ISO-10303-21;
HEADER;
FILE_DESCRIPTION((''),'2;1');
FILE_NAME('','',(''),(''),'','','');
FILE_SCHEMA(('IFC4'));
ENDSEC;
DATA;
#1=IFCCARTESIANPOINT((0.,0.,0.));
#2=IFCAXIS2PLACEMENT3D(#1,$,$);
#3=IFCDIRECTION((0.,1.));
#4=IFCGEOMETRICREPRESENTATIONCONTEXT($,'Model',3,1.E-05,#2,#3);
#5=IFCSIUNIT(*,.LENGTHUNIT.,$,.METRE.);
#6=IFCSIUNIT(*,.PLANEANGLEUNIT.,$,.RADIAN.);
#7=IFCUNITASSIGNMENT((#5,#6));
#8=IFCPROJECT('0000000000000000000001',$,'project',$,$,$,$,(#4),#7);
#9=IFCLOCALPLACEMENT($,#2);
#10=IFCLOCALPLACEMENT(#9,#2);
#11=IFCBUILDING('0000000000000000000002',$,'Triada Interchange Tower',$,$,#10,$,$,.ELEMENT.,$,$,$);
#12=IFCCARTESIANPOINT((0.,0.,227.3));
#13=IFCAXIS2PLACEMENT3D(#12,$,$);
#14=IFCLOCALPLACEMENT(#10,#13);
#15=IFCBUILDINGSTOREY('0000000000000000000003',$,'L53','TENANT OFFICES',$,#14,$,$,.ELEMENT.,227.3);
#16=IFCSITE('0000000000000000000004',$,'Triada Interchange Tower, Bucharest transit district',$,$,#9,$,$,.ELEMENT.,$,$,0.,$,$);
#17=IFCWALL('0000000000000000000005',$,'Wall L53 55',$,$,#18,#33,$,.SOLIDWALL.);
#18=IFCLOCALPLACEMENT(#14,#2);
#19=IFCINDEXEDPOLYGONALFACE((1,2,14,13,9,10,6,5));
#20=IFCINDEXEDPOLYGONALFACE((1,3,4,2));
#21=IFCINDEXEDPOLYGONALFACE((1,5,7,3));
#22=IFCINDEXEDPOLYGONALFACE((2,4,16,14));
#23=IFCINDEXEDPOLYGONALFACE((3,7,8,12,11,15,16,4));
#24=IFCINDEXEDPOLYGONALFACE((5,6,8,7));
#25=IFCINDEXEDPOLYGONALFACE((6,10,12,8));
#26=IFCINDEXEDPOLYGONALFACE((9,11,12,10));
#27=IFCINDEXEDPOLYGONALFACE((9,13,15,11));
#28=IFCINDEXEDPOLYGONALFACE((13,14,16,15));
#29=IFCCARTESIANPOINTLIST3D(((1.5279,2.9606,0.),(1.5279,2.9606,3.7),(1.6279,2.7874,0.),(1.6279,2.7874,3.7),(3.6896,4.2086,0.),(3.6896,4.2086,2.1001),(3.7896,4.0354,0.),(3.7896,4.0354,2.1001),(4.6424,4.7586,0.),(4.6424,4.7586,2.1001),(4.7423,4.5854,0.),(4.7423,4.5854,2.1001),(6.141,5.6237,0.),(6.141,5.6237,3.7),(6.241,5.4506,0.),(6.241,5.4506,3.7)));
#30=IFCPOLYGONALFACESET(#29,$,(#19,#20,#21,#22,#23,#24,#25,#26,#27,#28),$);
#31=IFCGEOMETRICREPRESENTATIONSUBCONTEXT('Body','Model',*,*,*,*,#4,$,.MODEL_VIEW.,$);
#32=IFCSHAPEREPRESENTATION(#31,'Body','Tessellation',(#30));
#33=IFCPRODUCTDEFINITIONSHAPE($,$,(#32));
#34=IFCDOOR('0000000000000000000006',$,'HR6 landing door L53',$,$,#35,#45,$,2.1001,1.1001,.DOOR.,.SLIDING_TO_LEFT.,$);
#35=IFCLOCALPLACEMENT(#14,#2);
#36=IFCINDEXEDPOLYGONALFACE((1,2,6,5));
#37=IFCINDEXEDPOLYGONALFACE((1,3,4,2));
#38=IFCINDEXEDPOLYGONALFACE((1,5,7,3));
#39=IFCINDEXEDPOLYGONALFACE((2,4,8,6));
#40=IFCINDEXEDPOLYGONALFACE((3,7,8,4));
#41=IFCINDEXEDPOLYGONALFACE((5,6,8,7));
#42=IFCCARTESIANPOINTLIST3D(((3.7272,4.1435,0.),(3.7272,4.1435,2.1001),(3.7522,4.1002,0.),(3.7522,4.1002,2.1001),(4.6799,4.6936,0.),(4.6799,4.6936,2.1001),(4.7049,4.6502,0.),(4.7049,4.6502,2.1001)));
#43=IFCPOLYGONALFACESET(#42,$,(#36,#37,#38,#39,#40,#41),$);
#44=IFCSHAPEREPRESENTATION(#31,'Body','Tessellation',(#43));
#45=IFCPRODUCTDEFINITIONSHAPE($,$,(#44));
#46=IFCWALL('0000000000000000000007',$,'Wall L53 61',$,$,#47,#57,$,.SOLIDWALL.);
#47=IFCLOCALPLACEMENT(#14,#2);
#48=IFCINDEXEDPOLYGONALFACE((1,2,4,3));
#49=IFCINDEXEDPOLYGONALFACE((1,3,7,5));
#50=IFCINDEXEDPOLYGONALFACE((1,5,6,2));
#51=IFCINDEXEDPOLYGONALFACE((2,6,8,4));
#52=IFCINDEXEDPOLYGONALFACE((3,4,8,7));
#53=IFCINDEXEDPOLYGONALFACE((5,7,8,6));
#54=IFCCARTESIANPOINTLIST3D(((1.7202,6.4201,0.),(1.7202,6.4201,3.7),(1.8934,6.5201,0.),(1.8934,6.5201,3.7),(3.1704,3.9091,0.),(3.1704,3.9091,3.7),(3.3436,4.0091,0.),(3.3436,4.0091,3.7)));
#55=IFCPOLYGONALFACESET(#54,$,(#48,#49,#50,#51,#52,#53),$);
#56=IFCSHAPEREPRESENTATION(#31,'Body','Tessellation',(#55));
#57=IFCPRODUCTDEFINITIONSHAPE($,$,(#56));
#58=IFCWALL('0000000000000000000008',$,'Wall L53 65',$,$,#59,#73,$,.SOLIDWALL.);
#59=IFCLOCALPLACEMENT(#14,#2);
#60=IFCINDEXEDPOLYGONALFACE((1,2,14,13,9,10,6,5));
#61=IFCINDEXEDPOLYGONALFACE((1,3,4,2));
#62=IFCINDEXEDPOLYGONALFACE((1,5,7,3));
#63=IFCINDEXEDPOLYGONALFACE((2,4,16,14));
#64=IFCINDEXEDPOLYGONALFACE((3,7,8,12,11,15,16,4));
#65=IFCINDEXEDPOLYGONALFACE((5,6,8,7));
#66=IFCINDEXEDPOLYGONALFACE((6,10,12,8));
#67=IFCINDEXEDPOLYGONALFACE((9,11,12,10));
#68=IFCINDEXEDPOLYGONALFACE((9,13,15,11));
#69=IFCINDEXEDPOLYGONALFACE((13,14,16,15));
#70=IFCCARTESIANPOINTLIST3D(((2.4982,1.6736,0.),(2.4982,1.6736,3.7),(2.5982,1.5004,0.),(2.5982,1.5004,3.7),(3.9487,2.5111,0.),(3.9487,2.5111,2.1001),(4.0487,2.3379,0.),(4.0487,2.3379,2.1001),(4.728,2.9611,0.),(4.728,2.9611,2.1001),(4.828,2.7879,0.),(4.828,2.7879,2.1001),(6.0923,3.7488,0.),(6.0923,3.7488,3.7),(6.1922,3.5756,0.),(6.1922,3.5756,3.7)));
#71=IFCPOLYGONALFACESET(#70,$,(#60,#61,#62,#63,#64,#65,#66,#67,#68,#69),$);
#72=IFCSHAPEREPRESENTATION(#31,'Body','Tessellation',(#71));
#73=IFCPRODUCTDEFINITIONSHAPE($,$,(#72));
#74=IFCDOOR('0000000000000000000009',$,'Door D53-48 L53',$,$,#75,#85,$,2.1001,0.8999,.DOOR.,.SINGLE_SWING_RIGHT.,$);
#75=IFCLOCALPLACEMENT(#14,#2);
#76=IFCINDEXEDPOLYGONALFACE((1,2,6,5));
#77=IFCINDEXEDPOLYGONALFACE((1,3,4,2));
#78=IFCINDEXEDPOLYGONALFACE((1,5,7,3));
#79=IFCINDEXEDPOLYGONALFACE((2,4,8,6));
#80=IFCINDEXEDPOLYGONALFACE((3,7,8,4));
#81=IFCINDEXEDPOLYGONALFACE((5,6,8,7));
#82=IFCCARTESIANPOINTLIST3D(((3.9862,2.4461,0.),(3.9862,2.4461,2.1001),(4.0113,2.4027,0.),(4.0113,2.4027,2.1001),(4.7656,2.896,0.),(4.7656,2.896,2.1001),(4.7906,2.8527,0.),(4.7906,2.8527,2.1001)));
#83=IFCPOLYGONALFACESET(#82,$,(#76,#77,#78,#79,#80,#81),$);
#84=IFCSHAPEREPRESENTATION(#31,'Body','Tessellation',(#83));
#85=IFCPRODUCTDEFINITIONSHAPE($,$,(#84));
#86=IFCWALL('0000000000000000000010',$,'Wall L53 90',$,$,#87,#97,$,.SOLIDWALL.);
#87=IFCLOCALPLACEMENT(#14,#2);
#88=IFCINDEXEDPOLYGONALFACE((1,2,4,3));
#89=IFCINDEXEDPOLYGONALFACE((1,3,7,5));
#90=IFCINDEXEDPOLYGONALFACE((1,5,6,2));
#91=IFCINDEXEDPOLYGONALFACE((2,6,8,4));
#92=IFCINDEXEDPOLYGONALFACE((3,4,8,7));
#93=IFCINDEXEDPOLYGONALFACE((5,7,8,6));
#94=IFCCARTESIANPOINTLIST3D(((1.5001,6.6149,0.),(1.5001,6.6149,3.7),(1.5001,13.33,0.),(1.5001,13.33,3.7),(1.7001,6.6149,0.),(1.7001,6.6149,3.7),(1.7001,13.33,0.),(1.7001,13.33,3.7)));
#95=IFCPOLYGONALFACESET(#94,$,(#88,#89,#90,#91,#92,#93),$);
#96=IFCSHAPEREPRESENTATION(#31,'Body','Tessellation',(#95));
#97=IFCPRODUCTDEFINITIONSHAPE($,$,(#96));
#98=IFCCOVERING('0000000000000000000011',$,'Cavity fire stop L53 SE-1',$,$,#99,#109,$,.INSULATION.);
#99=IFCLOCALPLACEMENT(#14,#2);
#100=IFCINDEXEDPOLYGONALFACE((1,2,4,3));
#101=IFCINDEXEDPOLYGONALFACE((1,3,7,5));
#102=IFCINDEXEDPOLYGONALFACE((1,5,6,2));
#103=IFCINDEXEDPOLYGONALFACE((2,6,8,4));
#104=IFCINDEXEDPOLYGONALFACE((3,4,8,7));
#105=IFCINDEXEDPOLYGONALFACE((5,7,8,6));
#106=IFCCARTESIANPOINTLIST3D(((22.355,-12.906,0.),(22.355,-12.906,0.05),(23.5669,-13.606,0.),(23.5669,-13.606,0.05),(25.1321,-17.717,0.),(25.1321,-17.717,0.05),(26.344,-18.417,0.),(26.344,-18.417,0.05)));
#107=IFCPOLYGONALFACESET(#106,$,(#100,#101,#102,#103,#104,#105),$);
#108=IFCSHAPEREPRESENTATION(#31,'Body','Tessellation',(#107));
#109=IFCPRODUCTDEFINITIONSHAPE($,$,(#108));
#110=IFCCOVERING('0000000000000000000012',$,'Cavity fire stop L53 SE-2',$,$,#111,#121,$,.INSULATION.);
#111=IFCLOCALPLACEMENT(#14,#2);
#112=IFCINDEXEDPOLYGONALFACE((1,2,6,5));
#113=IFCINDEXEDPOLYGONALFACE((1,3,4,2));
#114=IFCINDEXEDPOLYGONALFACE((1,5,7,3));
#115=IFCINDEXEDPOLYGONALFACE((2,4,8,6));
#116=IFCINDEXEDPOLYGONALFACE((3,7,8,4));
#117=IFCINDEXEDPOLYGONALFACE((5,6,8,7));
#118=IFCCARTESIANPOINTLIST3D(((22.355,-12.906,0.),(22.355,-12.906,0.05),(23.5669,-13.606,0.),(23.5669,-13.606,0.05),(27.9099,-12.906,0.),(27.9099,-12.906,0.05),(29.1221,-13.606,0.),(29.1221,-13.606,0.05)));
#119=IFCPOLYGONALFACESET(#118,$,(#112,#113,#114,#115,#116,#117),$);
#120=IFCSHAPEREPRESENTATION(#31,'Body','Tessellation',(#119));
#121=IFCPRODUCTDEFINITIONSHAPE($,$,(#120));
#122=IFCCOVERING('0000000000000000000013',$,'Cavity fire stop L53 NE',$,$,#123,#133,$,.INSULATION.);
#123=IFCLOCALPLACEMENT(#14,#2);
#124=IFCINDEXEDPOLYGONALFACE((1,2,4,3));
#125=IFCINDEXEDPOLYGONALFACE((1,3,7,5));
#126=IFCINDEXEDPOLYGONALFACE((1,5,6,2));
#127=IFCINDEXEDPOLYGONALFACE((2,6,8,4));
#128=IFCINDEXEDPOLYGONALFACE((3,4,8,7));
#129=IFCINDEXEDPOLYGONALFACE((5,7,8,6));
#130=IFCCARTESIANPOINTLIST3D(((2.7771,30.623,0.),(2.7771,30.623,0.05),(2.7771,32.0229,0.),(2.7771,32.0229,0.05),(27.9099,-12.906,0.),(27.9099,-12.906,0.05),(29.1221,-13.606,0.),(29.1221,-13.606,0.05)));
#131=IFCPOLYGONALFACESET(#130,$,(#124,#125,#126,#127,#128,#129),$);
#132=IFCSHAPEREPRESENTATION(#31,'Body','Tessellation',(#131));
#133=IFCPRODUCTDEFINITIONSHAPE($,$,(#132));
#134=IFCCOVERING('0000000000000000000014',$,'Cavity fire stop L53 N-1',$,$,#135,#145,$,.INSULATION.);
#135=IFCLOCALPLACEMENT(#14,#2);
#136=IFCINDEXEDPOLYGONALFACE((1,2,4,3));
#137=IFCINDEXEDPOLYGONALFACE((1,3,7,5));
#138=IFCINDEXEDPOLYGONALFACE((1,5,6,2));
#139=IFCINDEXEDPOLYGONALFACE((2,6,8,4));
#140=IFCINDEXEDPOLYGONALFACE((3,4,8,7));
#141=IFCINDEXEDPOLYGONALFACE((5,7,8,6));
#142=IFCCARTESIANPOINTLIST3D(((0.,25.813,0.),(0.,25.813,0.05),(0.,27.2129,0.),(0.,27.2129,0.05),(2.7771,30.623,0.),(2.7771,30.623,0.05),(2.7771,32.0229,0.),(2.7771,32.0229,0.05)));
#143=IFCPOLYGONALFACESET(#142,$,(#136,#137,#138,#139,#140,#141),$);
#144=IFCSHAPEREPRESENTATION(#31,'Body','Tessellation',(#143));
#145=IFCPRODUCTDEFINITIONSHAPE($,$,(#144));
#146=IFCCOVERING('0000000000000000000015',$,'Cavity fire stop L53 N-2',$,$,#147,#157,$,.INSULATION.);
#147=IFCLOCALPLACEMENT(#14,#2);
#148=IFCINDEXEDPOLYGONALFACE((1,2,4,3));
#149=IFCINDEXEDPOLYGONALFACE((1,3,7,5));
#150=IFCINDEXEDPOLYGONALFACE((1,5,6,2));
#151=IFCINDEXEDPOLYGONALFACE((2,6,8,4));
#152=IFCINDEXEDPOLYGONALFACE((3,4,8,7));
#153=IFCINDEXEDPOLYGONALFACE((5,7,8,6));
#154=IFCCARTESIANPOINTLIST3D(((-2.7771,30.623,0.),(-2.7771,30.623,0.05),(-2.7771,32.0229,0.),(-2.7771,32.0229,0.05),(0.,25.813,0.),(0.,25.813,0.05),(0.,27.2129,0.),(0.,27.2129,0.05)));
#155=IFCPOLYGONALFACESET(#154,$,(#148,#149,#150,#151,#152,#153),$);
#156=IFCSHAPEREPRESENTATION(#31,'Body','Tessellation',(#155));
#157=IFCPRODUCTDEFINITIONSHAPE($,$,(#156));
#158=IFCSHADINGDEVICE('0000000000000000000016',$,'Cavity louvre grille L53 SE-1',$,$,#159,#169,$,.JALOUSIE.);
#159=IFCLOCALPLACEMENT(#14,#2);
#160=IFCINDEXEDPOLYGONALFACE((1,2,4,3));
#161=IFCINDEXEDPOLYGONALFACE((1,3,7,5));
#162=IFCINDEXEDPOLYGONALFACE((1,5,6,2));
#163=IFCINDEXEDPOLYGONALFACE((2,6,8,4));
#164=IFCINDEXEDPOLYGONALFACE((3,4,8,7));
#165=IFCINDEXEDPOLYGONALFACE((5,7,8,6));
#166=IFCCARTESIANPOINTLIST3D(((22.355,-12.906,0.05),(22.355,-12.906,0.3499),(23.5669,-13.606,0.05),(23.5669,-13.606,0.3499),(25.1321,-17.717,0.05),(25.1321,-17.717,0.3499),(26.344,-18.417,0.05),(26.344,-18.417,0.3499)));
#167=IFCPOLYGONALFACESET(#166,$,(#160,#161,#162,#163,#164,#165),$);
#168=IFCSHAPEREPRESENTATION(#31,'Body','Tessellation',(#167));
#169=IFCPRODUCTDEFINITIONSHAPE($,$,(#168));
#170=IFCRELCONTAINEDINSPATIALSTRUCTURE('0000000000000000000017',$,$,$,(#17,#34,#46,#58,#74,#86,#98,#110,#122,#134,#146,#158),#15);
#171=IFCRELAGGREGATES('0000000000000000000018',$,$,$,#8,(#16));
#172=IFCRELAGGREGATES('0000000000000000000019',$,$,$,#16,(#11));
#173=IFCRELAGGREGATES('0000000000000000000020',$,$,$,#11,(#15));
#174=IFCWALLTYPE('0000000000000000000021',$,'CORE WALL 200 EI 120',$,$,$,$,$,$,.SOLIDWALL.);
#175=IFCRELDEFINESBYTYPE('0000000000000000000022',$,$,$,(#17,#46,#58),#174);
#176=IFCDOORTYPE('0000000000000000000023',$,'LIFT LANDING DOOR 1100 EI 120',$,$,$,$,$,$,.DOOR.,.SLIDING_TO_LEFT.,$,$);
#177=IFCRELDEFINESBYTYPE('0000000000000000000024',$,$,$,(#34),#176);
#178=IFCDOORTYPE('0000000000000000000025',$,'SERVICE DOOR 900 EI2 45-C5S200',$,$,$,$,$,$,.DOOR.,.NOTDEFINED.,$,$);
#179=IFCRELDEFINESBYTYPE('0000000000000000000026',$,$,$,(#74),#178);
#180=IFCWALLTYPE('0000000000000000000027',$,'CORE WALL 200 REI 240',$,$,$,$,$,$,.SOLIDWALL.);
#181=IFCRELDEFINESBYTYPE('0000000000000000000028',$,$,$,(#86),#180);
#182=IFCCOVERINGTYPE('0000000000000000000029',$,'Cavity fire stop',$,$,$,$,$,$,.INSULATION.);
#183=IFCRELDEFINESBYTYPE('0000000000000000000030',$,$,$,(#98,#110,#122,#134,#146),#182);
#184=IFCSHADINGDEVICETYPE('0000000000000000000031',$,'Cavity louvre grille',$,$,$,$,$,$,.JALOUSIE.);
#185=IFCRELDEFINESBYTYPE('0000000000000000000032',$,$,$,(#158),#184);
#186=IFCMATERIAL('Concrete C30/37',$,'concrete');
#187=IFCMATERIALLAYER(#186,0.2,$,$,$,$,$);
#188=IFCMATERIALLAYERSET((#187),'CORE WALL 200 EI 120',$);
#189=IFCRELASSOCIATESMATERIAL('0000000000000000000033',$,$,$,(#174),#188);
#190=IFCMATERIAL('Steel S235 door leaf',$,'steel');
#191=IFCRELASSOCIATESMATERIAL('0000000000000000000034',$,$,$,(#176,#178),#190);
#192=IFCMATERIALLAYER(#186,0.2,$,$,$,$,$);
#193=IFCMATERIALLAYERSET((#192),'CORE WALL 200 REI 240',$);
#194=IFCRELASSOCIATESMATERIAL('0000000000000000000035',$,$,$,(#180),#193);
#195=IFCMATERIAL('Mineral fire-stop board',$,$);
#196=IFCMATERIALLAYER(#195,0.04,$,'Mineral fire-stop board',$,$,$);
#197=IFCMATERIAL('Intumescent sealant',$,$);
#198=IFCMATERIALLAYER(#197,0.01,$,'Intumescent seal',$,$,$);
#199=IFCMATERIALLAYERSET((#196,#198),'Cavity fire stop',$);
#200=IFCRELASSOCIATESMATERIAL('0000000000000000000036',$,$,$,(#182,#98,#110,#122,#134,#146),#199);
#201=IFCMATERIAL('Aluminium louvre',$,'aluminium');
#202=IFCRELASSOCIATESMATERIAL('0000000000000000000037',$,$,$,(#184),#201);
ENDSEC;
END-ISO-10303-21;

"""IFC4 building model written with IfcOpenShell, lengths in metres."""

from ifc_helpers import new_model, si_unit, direction, frame, frame_2d, origin, place, context, subcontext, project, spatial, polyline, rectangle, outline, extrude, material, layer, layer_set, layer_usage, type_object, element, fill, save


model = new_model("IFC4")

# Units and contexts
model_context = context("Model", 3, precision=1e-05, world=origin(), true_north=direction((0.0, 1.0)))
body_context = subcontext(model_context, "Body", "Model", "MODEL_VIEW")
ifc_project = project(units=[si_unit("LENGTHUNIT", "METRE"), si_unit("PLANEANGLEUNIT", "RADIAN")], contexts=[model_context])

# Site, building, storey
site_placement = place(None, origin())
site = spatial("IfcSite", under=ifc_project, at=site_placement, Name="Triada Interchange Tower, Bucharest transit district", CompositionType="ELEMENT", RefElevation=0.0)
building_placement = place(site_placement, origin())
building = spatial("IfcBuilding", under=site, at=building_placement, Name="Triada Interchange Tower", CompositionType="ELEMENT")
storey_placement = place(building_placement, frame((0.0, 0.0, 227.3)))
storey = spatial("IfcBuildingStorey", under=building, at=storey_placement, Name="L53", Description="TENANT OFFICES", CompositionType="ELEMENT", Elevation=227.3)

# Wall, opening, door
ifc_material_1 = material(Name="Concrete C30/37", Category="concrete")
ifc_layer_1 = layer(ifc_material_1, 0.2)
ifc_layer_set_1 = layer_set([ifc_layer_1], Name="CORE WALL 200 EI 120")
wall_type_1 = type_object("IfcWallType", Name="CORE WALL 200 EI 120", PredefinedType="SOLIDWALL", material=ifc_layer_set_1)
ifc_material_2 = material(Name="Steel S235 door leaf", Category="steel")
door_type_1 = type_object("IfcDoorType", Name="LIFT LANDING DOOR 1100 EI 120", OperationType="SLIDING_TO_LEFT", PredefinedType="DOOR", material=ifc_material_2)
wall_1_placement = place(storey_placement, frame((1.5779, 2.874, 0.0), z_axis=(0.0, 0.0, 1.0), x_axis=(0.866046, 0.499964, 0.0)))
wall_1 = element("IfcWall", 1, at=wall_1_placement, inside=storey, type_object=wall_type_1, Name="Wall L53 55", PredefinedType="SOLIDWALL", context=body_context, shape_type="SweptSolid", body=[
    extrude(rectangle(XDim=5.3267, YDim=0.2, at=frame_2d((2.6633, 0.0))), origin(), (0.0, 0.0, 1.0), 3.7),
])
opening_1_placement = place(wall_1_placement, frame((2.4961, 0.0, 0.0)))
opening_1 = element("IfcOpeningElement", 2, at=opening_1_placement, cuts=wall_1, PredefinedType="OPENING", context=body_context, shape_type="SweptSolid", body=[
    extrude(rectangle(XDim=1.1001, YDim=2.1001, at=frame_2d((0.55, 1.05))), frame((0.0, 0.1099, 0.0), z_axis=(0.0, -1.0, 0.0), x_axis=(1.0, 0.0, 0.0)), (0.0, 0.0, 1.0), 0.22),
])
door_1_placement = place(opening_1_placement, origin())
door_1 = element("IfcDoor", 3, at=door_1_placement, inside=storey, type_object=door_type_1, Name="HR6 landing door L53", OperationType="SLIDING_TO_LEFT", OverallHeight=2.1001, OverallWidth=1.1001, PredefinedType="DOOR", context=body_context, shape_type="SweptSolid", body=[
    extrude(rectangle(XDim=1.1001, YDim=2.1001, at=frame_2d((0.55, 1.05))), frame((0.0, 0.0249, 0.0), z_axis=(0.0, -1.0, 0.0), x_axis=(1.0, 0.0, 0.0)), (0.0, 0.0, 1.0), 0.05),
])
fill(opening_1, door_1)

# Wall
wall_2_placement = place(storey_placement, frame((1.8069, 6.47, 0.0), z_axis=(0.0, 0.0, 1.0), x_axis=(0.500123, -0.865954, 0.0)))
element("IfcWall", 4, at=wall_2_placement, inside=storey, type_object=wall_type_1, Name="Wall L53 61", PredefinedType="SOLIDWALL", context=body_context, shape_type="SweptSolid", body=[
    extrude(rectangle(XDim=2.8997, YDim=0.2, at=frame_2d((1.4497, 0.0))), origin(), (0.0, 0.0, 1.0), 3.7),
])

# Wall, opening, door
wall_3_placement = place(storey_placement, frame((2.5481, 1.5869, 0.0), z_axis=(0.0, 0.0, 1.0), x_axis=(0.866004, 0.500036, 0.0)))
wall_3 = element("IfcWall", 5, at=wall_3_placement, inside=storey, type_object=wall_type_1, Name="Wall L53 65", PredefinedType="SOLIDWALL", context=body_context, shape_type="SweptSolid", body=[
    extrude(rectangle(XDim=4.1501, YDim=0.2, at=frame_2d((2.0752, 0.0))), origin(), (0.0, 0.0, 1.0), 3.7),
])
opening_2_placement = place(wall_3_placement, frame((1.675, 0.0, 0.0)))
opening_2 = element("IfcOpeningElement", 6, at=opening_2_placement, cuts=wall_3, PredefinedType="OPENING", context=body_context, shape_type="SweptSolid", body=[
    extrude(rectangle(XDim=0.8999, YDim=2.1001, at=frame_2d((0.45, 1.05))), frame((0.0, 0.1099, 0.0), z_axis=(0.0, -1.0, 0.0), x_axis=(1.0, 0.0, 0.0)), (0.0, 0.0, 1.0), 0.22),
])
door_type_2 = type_object("IfcDoorType", Name="SERVICE DOOR 900 EI2 45-C5S200", OperationType="NOTDEFINED", PredefinedType="DOOR", material=ifc_material_2)
door_2_placement = place(opening_2_placement, origin())
door_2 = element("IfcDoor", 7, at=door_2_placement, inside=storey, type_object=door_type_2, Name="Door D53-48 L53", OperationType="SINGLE_SWING_RIGHT", OverallHeight=2.1001, OverallWidth=0.8999, PredefinedType="DOOR", context=body_context, shape_type="SweptSolid", body=[
    extrude(rectangle(XDim=0.8999, YDim=2.1001, at=frame_2d((0.45, 1.05))), frame((0.0, 0.0249, 0.0), z_axis=(0.0, -1.0, 0.0), x_axis=(1.0, 0.0, 0.0)), (0.0, 0.0, 1.0), 0.05),
])
fill(opening_2, door_2)

# Wall
ifc_layer_2 = layer(ifc_material_1, 0.2)
ifc_layer_set_2 = layer_set([ifc_layer_2], Name="CORE WALL 200 REI 240")
wall_type_2 = type_object("IfcWallType", Name="CORE WALL 200 REI 240", PredefinedType="SOLIDWALL", material=ifc_layer_set_2)
wall_4_placement = place(storey_placement, frame((1.6001, 6.615, 0.0), z_axis=(0.0, 0.0, 1.0), x_axis=(0.0, 1.0, 0.0)))
element("IfcWall", 8, at=wall_4_placement, inside=storey, type_object=wall_type_2, Name="Wall L53 90", PredefinedType="SOLIDWALL", context=body_context, shape_type="SweptSolid", body=[
    extrude(rectangle(XDim=6.7151, YDim=0.2, at=frame_2d((3.3574, 0.0))), origin(), (0.0, 0.0, 1.0), 3.7),
])

# Coverings
ifc_material_3 = material(Name="Mineral fire-stop board")
ifc_layer_3 = layer(ifc_material_3, 0.04, Name="Mineral fire-stop board")
ifc_material_4 = material(Name="Intumescent sealant")
ifc_layer_4 = layer(ifc_material_4, 0.01, Name="Intumescent seal")
ifc_layer_set_3 = layer_set([ifc_layer_3, ifc_layer_4], Name="Cavity fire stop")
ifc_layer_usage = layer_usage(ifc_layer_set_3, "AXIS3", "POSITIVE", 0.0)
covering_type = type_object("IfcCoveringType", Name="Cavity fire stop", PredefinedType="INSULATION", material=ifc_layer_set_3)
covering_1_placement = place(storey_placement, origin())
element("IfcCovering", 9, at=covering_1_placement, inside=storey, type_object=covering_type, material=ifc_layer_usage, Name="Cavity fire stop L53 SE-1", PredefinedType="INSULATION", context=body_context, shape_type="SweptSolid", body=[
    extrude(outline(polyline([(25.1321, -17.717), (26.344, -18.417), (23.5669, -13.606), (22.355, -12.906), (25.1321, -17.717)])), origin(), (0.0, 0.0, 1.0), 0.05),
])
covering_2_placement = place(storey_placement, origin())
element("IfcCovering", 10, at=covering_2_placement, inside=storey, type_object=covering_type, material=ifc_layer_usage, Name="Cavity fire stop L53 SE-2", PredefinedType="INSULATION", context=body_context, shape_type="SweptSolid", body=[
    extrude(outline(polyline([(22.355, -12.906), (23.5669, -13.606), (29.1221, -13.606), (27.9099, -12.906), (22.355, -12.906)])), origin(), (0.0, 0.0, 1.0), 0.05),
])
covering_3_placement = place(storey_placement, origin())
element("IfcCovering", 11, at=covering_3_placement, inside=storey, type_object=covering_type, material=ifc_layer_usage, Name="Cavity fire stop L53 NE", PredefinedType="INSULATION", context=body_context, shape_type="SweptSolid", body=[
    extrude(outline(polyline([(27.9099, -12.906), (29.1221, -13.606), (2.7771, 32.0229), (2.7771, 30.623), (27.9099, -12.906)])), origin(), (0.0, 0.0, 1.0), 0.05),
])
covering_4_placement = place(storey_placement, origin())
element("IfcCovering", 12, at=covering_4_placement, inside=storey, type_object=covering_type, material=ifc_layer_usage, Name="Cavity fire stop L53 N-1", PredefinedType="INSULATION", context=body_context, shape_type="SweptSolid", body=[
    extrude(outline(polyline([(2.7771, 30.623), (2.7771, 32.0229), (0.0, 27.2129), (0.0, 25.813), (2.7771, 30.623)])), origin(), (0.0, 0.0, 1.0), 0.05),
])
covering_5_placement = place(storey_placement, origin())
element("IfcCovering", 13, at=covering_5_placement, inside=storey, type_object=covering_type, material=ifc_layer_usage, Name="Cavity fire stop L53 N-2", PredefinedType="INSULATION", context=body_context, shape_type="SweptSolid", body=[
    extrude(outline(polyline([(0.0, 25.813), (0.0, 27.2129), (-2.7771, 32.0229), (-2.7771, 30.623), (0.0, 25.813)])), origin(), (0.0, 0.0, 1.0), 0.05),
])

# Shading device
ifc_material_5 = material(Name="Aluminium louvre", Category="aluminium")
shading_device_type = type_object("IfcShadingDeviceType", Name="Cavity louvre grille", PredefinedType="JALOUSIE", material=ifc_material_5)
shading_device_1_placement = place(storey_placement, frame((0.0, 0.0, 0.05)))
element("IfcShadingDevice", 14, at=shading_device_1_placement, inside=storey, type_object=shading_device_type, Name="Cavity louvre grille L53 SE-1", PredefinedType="JALOUSIE", context=body_context, shape_type="SweptSolid", body=[
    extrude(outline(polyline([(25.1321, -17.717), (26.344, -18.417), (23.5669, -13.606), (22.355, -12.906), (25.1321, -17.717)])), origin(), (0.0, 0.0, 1.0), 0.2998),
])

save(model, "model.ifc")
